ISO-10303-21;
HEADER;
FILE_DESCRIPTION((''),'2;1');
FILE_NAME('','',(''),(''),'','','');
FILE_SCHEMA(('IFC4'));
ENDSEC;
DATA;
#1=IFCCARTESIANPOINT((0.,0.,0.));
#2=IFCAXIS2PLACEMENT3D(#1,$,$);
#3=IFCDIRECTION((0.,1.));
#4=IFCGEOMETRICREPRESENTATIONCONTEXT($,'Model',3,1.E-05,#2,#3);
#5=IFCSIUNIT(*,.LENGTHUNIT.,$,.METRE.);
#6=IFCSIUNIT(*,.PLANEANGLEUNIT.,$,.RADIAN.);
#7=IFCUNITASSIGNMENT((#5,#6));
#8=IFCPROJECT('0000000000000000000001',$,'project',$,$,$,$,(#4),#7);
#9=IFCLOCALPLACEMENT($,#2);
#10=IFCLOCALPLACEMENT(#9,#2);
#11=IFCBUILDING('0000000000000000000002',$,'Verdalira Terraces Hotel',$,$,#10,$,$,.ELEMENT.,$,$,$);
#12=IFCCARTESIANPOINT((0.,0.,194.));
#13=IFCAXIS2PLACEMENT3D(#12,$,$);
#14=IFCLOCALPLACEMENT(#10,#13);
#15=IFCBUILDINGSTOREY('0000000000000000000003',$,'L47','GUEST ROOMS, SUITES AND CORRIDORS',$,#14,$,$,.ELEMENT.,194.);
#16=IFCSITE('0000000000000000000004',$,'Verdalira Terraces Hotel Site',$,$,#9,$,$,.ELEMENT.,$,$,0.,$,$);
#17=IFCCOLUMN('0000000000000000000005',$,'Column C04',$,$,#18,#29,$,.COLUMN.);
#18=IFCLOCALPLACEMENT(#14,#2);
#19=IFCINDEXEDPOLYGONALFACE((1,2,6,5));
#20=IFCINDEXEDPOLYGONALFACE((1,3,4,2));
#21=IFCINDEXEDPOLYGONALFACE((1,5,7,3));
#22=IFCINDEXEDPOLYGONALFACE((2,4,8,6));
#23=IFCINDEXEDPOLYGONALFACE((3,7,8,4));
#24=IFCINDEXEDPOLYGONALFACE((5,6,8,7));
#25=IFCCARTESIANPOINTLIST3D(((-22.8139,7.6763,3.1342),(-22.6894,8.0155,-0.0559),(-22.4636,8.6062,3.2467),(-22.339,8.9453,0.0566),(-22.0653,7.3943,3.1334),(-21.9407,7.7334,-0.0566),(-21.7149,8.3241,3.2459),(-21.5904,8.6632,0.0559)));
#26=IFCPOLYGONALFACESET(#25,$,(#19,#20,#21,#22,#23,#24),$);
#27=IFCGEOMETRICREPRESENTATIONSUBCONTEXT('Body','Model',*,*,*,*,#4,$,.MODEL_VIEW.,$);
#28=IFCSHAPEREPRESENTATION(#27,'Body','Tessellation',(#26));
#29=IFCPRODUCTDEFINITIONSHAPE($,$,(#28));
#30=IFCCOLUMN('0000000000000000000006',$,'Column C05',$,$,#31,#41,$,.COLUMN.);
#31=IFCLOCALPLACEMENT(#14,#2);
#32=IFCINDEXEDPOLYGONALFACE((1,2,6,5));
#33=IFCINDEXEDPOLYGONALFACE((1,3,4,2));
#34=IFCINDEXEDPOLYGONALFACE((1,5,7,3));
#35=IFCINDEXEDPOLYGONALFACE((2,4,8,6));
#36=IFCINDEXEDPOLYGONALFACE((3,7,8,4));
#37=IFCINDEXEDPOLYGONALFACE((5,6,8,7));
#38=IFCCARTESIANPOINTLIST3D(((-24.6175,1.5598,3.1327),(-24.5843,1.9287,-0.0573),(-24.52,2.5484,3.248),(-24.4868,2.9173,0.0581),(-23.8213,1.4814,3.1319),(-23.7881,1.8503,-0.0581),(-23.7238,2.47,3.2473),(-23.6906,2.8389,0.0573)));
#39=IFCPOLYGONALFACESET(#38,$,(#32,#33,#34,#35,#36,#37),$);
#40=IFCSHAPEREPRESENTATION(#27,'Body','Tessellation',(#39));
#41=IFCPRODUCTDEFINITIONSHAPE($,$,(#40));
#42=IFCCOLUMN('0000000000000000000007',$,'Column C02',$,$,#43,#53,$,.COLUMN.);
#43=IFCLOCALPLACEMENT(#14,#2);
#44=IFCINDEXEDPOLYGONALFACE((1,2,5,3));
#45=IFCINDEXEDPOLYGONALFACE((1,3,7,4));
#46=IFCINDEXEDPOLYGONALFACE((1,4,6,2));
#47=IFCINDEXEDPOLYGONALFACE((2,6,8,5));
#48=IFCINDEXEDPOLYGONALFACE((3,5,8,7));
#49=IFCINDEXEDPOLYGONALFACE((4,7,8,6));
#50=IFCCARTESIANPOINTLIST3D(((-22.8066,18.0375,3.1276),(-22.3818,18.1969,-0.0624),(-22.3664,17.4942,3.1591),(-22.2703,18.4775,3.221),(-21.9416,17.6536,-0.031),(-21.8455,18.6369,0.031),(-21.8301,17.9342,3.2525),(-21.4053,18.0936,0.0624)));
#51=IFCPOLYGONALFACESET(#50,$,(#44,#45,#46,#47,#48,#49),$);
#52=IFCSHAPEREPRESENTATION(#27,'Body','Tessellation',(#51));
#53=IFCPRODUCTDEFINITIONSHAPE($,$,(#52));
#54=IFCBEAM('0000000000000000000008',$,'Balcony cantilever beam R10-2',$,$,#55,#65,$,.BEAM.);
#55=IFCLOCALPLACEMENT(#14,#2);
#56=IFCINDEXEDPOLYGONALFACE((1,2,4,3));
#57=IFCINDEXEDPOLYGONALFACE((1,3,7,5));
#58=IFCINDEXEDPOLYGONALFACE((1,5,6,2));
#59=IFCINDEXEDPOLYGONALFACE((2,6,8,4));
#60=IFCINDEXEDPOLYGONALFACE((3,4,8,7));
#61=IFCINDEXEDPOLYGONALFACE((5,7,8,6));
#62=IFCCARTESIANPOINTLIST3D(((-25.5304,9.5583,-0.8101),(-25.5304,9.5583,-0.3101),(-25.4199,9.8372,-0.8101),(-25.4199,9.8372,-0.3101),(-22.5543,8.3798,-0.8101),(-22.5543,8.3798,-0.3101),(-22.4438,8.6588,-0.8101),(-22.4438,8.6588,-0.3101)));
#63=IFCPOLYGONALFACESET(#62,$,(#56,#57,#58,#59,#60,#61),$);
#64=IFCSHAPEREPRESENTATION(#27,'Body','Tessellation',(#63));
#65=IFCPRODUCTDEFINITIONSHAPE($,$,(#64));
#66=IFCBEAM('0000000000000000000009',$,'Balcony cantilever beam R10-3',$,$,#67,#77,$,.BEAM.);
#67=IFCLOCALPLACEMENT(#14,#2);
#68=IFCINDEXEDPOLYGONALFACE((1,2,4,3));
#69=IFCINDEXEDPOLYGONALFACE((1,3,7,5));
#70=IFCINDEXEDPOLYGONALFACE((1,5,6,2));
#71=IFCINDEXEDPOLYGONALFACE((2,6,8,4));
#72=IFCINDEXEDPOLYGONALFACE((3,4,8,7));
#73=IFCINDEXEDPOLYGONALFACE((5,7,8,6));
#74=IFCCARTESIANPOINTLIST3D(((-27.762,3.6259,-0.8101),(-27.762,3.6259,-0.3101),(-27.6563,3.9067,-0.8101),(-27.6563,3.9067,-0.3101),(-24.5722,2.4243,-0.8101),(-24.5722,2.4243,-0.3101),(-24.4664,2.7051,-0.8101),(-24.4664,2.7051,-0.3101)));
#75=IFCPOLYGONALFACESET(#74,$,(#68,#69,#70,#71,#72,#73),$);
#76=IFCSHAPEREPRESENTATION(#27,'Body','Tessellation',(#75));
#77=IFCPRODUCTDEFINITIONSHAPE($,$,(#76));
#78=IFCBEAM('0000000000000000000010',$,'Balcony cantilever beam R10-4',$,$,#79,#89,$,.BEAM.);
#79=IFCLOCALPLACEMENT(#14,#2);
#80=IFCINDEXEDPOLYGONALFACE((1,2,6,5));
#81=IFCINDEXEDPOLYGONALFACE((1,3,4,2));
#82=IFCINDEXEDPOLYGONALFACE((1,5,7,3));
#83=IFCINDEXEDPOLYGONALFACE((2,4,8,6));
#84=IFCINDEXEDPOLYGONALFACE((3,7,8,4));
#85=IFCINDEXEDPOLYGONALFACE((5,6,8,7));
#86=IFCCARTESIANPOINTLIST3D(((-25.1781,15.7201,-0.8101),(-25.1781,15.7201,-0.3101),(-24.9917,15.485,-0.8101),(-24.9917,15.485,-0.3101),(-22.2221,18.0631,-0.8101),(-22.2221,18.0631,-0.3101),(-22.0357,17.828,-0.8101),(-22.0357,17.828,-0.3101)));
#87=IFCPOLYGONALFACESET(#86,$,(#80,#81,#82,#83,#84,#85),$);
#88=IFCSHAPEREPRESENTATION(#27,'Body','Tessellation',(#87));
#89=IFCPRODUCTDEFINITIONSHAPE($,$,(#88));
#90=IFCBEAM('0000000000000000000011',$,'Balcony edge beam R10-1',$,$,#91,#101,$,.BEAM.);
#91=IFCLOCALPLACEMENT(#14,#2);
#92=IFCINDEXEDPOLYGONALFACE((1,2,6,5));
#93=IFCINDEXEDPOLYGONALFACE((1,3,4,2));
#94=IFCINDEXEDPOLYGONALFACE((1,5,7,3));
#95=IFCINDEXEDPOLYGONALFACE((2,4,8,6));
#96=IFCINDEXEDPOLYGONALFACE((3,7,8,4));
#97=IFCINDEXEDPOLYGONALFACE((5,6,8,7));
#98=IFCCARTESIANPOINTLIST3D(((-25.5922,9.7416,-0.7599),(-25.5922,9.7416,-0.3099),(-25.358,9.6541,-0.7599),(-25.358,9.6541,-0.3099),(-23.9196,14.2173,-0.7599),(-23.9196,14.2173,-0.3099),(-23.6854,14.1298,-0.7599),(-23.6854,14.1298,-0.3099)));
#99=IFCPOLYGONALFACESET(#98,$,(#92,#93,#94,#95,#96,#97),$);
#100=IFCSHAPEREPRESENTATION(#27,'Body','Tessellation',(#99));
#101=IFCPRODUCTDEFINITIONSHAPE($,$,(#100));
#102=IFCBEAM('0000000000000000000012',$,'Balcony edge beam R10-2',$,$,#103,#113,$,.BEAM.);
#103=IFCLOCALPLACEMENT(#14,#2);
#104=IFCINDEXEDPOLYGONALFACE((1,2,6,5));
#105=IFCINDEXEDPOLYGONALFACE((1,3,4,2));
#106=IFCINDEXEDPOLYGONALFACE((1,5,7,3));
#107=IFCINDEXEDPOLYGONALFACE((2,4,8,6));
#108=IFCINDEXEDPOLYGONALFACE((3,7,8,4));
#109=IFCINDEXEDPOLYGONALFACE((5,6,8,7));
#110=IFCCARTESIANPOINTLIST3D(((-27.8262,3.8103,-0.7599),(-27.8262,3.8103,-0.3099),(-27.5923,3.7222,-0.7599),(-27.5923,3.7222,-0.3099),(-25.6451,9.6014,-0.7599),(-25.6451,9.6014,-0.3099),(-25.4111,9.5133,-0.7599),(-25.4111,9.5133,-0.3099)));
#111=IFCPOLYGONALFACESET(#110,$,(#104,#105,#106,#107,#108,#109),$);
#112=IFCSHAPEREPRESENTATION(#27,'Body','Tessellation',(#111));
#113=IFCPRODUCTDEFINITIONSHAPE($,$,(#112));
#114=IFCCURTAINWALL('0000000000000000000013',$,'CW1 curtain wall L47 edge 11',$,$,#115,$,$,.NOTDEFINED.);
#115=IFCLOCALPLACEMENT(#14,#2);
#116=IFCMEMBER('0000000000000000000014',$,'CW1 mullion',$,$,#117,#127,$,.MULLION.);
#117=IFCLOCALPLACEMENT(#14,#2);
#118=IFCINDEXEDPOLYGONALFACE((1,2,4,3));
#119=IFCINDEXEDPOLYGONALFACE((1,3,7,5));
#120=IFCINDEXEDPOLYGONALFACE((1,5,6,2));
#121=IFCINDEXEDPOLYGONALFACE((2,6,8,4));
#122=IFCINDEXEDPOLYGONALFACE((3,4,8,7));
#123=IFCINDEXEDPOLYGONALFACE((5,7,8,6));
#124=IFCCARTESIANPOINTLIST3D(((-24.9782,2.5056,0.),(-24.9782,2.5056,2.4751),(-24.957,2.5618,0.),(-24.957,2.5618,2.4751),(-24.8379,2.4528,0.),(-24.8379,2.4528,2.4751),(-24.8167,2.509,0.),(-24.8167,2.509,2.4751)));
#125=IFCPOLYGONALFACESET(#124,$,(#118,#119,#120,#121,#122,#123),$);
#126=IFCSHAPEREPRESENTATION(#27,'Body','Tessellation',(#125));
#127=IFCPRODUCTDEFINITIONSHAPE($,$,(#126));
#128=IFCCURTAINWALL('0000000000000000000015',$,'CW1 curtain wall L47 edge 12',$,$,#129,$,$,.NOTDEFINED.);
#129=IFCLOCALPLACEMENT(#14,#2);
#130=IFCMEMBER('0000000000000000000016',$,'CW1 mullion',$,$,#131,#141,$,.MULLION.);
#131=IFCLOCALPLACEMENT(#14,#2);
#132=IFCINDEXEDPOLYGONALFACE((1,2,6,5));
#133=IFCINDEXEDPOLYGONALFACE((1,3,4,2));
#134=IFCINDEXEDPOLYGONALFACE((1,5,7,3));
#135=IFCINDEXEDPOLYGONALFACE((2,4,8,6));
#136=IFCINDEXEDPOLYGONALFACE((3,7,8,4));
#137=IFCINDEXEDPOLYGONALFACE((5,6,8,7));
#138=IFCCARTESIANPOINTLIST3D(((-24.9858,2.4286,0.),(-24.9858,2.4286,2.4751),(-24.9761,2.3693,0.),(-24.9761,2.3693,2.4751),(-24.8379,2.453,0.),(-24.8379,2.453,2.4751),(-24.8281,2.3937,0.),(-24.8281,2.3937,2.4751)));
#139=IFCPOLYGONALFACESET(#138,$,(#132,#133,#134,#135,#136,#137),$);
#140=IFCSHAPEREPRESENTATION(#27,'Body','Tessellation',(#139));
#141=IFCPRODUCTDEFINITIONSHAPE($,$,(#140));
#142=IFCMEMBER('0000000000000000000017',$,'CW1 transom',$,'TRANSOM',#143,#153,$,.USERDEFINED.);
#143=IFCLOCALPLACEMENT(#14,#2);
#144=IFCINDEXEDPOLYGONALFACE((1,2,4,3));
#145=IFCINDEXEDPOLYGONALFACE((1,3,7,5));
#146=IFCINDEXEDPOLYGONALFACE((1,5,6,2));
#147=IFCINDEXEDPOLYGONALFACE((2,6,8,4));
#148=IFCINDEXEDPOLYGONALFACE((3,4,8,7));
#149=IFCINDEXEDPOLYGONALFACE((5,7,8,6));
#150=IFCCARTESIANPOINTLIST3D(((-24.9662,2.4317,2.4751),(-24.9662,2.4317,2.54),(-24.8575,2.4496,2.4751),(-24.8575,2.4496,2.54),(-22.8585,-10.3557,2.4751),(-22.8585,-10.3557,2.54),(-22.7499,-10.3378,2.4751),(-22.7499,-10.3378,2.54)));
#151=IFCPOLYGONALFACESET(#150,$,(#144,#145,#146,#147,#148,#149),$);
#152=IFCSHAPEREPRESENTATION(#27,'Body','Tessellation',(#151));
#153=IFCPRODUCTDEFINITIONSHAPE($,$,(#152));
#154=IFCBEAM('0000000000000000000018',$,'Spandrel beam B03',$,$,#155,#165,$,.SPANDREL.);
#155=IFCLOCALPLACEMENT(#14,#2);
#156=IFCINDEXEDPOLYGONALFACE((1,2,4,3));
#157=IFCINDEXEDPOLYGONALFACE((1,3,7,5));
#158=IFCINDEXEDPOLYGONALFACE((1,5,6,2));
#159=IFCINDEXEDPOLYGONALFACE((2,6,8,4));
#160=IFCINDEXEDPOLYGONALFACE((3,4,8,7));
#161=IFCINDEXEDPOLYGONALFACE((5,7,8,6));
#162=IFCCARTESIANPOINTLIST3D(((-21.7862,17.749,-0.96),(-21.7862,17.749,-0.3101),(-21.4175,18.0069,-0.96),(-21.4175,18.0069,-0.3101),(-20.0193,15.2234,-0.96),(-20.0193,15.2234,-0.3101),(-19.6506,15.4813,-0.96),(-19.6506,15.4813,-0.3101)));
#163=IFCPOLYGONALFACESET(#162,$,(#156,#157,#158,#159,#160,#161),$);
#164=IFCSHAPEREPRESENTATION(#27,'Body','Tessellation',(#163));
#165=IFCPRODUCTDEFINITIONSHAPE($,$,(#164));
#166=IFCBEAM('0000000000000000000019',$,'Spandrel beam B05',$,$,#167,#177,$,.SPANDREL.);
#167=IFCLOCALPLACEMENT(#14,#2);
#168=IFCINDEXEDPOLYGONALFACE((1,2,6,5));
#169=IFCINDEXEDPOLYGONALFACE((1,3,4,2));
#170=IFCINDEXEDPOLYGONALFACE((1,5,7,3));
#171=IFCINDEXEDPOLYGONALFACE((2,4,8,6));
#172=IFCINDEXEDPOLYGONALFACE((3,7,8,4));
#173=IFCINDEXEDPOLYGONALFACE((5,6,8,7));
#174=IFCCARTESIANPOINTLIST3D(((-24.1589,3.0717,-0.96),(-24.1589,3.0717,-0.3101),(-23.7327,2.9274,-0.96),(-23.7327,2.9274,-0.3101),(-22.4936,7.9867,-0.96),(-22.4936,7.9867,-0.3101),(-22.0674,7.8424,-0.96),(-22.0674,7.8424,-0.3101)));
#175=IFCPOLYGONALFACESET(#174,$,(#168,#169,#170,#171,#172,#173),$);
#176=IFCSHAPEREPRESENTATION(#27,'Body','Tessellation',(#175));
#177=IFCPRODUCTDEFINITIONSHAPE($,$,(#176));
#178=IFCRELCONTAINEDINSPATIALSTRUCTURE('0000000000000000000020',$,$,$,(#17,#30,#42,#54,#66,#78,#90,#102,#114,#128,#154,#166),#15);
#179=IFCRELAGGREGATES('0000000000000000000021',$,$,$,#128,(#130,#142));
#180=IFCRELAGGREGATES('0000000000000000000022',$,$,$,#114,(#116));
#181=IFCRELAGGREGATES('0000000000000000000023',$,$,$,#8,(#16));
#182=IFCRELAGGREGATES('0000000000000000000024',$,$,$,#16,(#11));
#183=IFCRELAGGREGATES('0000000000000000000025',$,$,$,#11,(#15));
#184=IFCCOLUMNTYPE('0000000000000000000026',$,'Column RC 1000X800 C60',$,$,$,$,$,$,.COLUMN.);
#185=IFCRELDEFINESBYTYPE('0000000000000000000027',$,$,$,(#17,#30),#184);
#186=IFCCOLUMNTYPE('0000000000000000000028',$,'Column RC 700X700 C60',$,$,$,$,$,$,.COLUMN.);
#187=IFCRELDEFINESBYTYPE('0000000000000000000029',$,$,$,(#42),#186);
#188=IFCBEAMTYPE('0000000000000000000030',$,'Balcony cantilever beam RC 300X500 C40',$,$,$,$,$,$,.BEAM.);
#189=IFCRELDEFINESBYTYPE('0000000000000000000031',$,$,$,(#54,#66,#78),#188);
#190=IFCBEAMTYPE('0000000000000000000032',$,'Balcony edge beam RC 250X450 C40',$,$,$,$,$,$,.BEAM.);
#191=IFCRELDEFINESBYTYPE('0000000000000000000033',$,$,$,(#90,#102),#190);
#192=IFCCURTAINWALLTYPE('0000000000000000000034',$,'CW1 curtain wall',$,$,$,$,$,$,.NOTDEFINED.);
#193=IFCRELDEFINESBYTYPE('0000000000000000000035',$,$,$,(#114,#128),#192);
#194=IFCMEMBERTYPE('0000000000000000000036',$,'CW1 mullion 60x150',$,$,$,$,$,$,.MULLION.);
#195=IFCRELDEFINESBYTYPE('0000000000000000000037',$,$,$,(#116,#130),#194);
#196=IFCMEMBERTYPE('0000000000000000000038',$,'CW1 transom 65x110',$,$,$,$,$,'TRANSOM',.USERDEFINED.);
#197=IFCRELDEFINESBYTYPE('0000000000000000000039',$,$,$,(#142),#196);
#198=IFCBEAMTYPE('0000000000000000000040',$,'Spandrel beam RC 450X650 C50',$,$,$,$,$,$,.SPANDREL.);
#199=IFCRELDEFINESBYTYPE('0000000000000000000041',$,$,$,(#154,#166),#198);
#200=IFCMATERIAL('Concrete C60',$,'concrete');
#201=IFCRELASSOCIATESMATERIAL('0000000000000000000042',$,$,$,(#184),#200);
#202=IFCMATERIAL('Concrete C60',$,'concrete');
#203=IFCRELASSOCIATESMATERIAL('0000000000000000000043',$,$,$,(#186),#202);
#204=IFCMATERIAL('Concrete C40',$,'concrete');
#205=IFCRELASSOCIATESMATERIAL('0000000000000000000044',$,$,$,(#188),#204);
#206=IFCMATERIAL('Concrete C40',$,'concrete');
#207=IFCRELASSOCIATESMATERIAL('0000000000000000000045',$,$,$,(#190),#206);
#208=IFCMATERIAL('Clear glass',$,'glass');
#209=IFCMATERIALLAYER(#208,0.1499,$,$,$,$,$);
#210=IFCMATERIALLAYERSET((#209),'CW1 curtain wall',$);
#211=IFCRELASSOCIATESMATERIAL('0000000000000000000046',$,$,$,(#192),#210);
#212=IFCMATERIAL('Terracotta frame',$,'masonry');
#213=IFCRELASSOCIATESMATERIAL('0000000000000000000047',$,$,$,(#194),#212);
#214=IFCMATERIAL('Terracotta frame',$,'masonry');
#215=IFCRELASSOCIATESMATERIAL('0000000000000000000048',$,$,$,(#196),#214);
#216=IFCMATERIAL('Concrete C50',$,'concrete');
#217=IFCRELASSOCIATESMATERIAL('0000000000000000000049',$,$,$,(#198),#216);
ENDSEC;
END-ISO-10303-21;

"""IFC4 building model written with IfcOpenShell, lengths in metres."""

from ifc_helpers import new_model, si_unit, direction, frame, origin, origin_2d, place, context, subcontext, project, spatial, rectangle, extrude, material, layer, layer_set, material_profile, profile_set, type_object, element, aggregate, save


model = new_model("IFC4")

# Units and contexts
model_context = context("Model", 3, precision=1e-05, world=origin(), true_north=direction((0.0, 1.0)))
body_context = subcontext(model_context, "Body", "Model", "MODEL_VIEW")
ifc_project = project(units=[si_unit("LENGTHUNIT", "METRE"), si_unit("PLANEANGLEUNIT", "RADIAN")], contexts=[model_context])

# Site, building, storey
site_placement = place(None, origin())
site = spatial("IfcSite", under=ifc_project, at=site_placement, Name="Verdalira Terraces Hotel Site", CompositionType="ELEMENT", RefElevation=0.0)
building_placement = place(site_placement, origin())
building = spatial("IfcBuilding", under=site, at=building_placement, Name="Verdalira Terraces Hotel", CompositionType="ELEMENT")
storey_placement = place(building_placement, frame((0.0, 0.0, 194.0)))
storey = spatial("IfcBuildingStorey", under=building, at=storey_placement, Name="L47", Description="GUEST ROOMS, SUITES AND CORRIDORS", CompositionType="ELEMENT", Elevation=194.0)

# Columns
ifc_material_1 = material(Name="Concrete C60", Category="concrete")
ifc_material_profile_1 = material_profile(ifc_material_1, rectangle(XDim=1.0, YDim=0.8, at=origin_2d()), Name="RC 1000X800")
ifc_profile_set_1 = profile_set([ifc_material_profile_1], Name="Concrete C60")
column_type_1 = type_object("IfcColumnType", Name="Column RC 1000X800 C60", PredefinedType="COLUMN", material=ifc_profile_set_1)
column_1_placement = place(storey_placement, frame((-22.1399, 8.3394, 0.0), z_axis=(-0.038785, -0.105631, 0.993649), x_axis=(-0.350385, -0.929822, -0.112523)))
element("IfcColumn", 1, at=column_1_placement, inside=storey, type_object=column_type_1, Name="Column C04", PredefinedType="COLUMN", context=body_context, shape_type="SweptSolid", body=[
    extrude(rectangle(XDim=1.0, YDim=0.8, at=origin_2d()), origin(), (0.0, 0.0, 1.0), 3.2104),
])
column_2_placement = place(storey_placement, frame((-24.1375, 2.3838, 0.0), z_axis=(-0.010339, -0.114872, 0.993327), x_axis=(0.097442, 0.988536, 0.115332)))
element("IfcColumn", 2, at=column_2_placement, inside=storey, type_object=column_type_1, Name="Column C05", PredefinedType="COLUMN", context=body_context, shape_type="SweptSolid", body=[
    extrude(rectangle(XDim=1.0, YDim=0.8, at=origin_2d()), origin(), (0.0, 0.0, 1.0), 3.2114),
])
ifc_material_2 = material(Name="Concrete C60", Category="concrete")
ifc_material_profile_2 = material_profile(ifc_material_2, rectangle(XDim=0.7, YDim=0.7, at=origin_2d()), Name="RC 700X700")
ifc_profile_set_2 = profile_set([ifc_material_profile_2], Name="Concrete C60")
column_type_2 = type_object("IfcColumnType", Name="Column RC 700X700 C60", PredefinedType="COLUMN", material=ifc_profile_set_2)
column_3_placement = place(storey_placement, frame((-21.8936, 18.1453, 0.0), z_axis=(-0.131843, -0.049479, 0.990035), x_axis=(0.628924, -0.776165, 0.044963)))
element("IfcColumn", 3, at=column_3_placement, inside=storey, type_object=column_type_2, Name="Column C02", PredefinedType="COLUMN", context=body_context, shape_type="SweptSolid", body=[
    extrude(rectangle(XDim=0.7, YDim=0.7, at=origin_2d()), origin(), (0.0, 0.0, 1.0), 3.2222),
])

# Beams
ifc_material_3 = material(Name="Concrete C40", Category="concrete")
ifc_material_profile_3 = material_profile(ifc_material_3, rectangle(XDim=0.3, YDim=0.5, at=origin_2d()), Name="RC 300X500")
ifc_profile_set_3 = profile_set([ifc_material_profile_3], Name="Concrete C40")
beam_type_1 = type_object("IfcBeamType", Name="Balcony cantilever beam RC 300X500 C40", PredefinedType="BEAM", material=ifc_profile_set_3)
beam_1_placement = place(storey_placement, frame((-22.499, 8.5193, -0.5601), z_axis=(-0.92976, 0.368167, 0.0), x_axis=(-0.368167, -0.92976, 0.0)))
element("IfcBeam", 4, at=beam_1_placement, inside=storey, type_object=beam_type_1, Name="Balcony cantilever beam R10-2", PredefinedType="BEAM", context=body_context, shape_type="SweptSolid", body=[
    extrude(rectangle(XDim=0.3, YDim=0.5, at=origin_2d()), origin(), (0.0, 0.0, 1.0), 3.2009),
])
beam_2_placement = place(storey_placement, frame((-24.5193, 2.5647, -0.5601), z_axis=(-0.935804, 0.35252, 0.0), x_axis=(-0.35252, -0.935804, 0.0)))
element("IfcBeam", 5, at=beam_2_placement, inside=storey, type_object=beam_type_1, Name="Balcony cantilever beam R10-3", PredefinedType="BEAM", context=body_context, shape_type="SweptSolid", body=[
    extrude(rectangle(XDim=0.3, YDim=0.5, at=origin_2d()), origin(), (0.0, 0.0, 1.0), 3.4087),
])
beam_3_placement = place(storey_placement, frame((-22.1289, 17.9456, -0.5601), z_axis=(-0.783683, -0.62116, 0.0), x_axis=(0.62116, -0.783683, 0.0)))
element("IfcBeam", 6, at=beam_3_placement, inside=storey, type_object=beam_type_1, Name="Balcony cantilever beam R10-4", PredefinedType="BEAM", context=body_context, shape_type="SweptSolid", body=[
    extrude(rectangle(XDim=0.3, YDim=0.5, at=origin_2d()), origin(), (0.0, 0.0, 1.0), 3.772),
])
ifc_material_4 = material(Name="Concrete C40", Category="concrete")
ifc_material_profile_4 = material_profile(ifc_material_4, rectangle(XDim=0.25, YDim=0.45, at=origin_2d()), Name="RC 250X450")
ifc_profile_set_4 = profile_set([ifc_material_profile_4], Name="Concrete C40")
beam_type_2 = type_object("IfcBeamType", Name="Balcony edge beam RC 250X450 C40", PredefinedType="BEAM", material=ifc_profile_set_4)
beam_4_placement = place(storey_placement, frame((-23.8025, 14.1736, -0.5349), z_axis=(-0.350054, -0.93673, 0.0), x_axis=(0.93673, -0.350054, 0.0)))
element("IfcBeam", 7, at=beam_4_placement, inside=storey, type_object=beam_type_2, Name="Balcony edge beam R10-1", PredefinedType="BEAM", context=body_context, shape_type="SweptSolid", body=[
    extrude(rectangle(XDim=0.25, YDim=0.45, at=origin_2d()), origin(), (0.0, 0.0, 1.0), 4.7781),
])
beam_5_placement = place(storey_placement, frame((-25.5281, 9.5574, -0.5349), z_axis=(-0.352472, -0.935822, 0.0), x_axis=(0.935822, -0.352472, 0.0)))
element("IfcBeam", 8, at=beam_5_placement, inside=storey, type_object=beam_type_2, Name="Balcony edge beam R10-2", PredefinedType="BEAM", context=body_context, shape_type="SweptSolid", body=[
    extrude(rectangle(XDim=0.25, YDim=0.45, at=origin_2d()), origin(), (0.0, 0.0, 1.0), 6.1882),
])

# Curtain wall, member
ifc_material_5 = material(Name="Clear glass", Category="glass")
ifc_layer_1 = layer(ifc_material_5, 0.1499)
ifc_layer_set_1 = layer_set([ifc_layer_1], Name="CW1 curtain wall")
curtain_wall_type = type_object("IfcCurtainWallType", Name="CW1 curtain wall", PredefinedType="NOTDEFINED", material=ifc_layer_set_1)
curtain_wall_1_placement = place(storey_placement, origin())
curtain_wall_1 = element("IfcCurtainWall", 9, at=curtain_wall_1_placement, inside=storey, type_object=curtain_wall_type, Name="CW1 curtain wall L47 edge 11", PredefinedType="NOTDEFINED")
ifc_material_6 = material(Name="Terracotta frame", Category="masonry")
ifc_material_profile_5 = material_profile(ifc_material_6, rectangle(XDim=0.0601, YDim=0.1499, at=origin_2d()), Name="MU 60x150")
ifc_profile_set_5 = profile_set([ifc_material_profile_5], Name="Terracotta frame")
member_type_1 = type_object("IfcMemberType", Name="CW1 mullion 60x150", PredefinedType="MULLION", material=ifc_profile_set_5)
member_1_placement = place(storey_placement, frame((-24.8975, 2.5073, 0.0), z_axis=(0.0, 0.0, 1.0), x_axis=(-0.352495, -0.935814, 0.0)))
member_1 = element("IfcMember", 10, at=member_1_placement, type_object=member_type_1, Name="CW1 mullion", PredefinedType="MULLION", context=body_context, shape_type="SweptSolid", body=[
    extrude(rectangle(XDim=0.0601, YDim=0.1499, at=origin_2d()), origin(), (0.0, 0.0, 1.0), 2.4751),
])

# Curtain wall, members
curtain_wall_2_placement = place(storey_placement, origin())
curtain_wall_2 = element("IfcCurtainWall", 11, at=curtain_wall_2_placement, inside=storey, type_object=curtain_wall_type, Name="CW1 curtain wall L47 edge 12", PredefinedType="NOTDEFINED")
member_2_placement = place(storey_placement, frame((-24.907, 2.4111, 0.0), z_axis=(0.0, 0.0, 1.0), x_axis=(0.162637, -0.986686, 0.0)))
member_2 = element("IfcMember", 12, at=member_2_placement, type_object=member_type_1, Name="CW1 mullion", PredefinedType="MULLION", context=body_context, shape_type="SweptSolid", body=[
    extrude(rectangle(XDim=0.0601, YDim=0.1499, at=origin_2d()), origin(), (0.0, 0.0, 1.0), 2.4751),
])
ifc_material_7 = material(Name="Terracotta frame", Category="masonry")
ifc_material_profile_6 = material_profile(ifc_material_7, rectangle(XDim=0.1101, YDim=0.0649, at=origin_2d()), Name="TR 65x110")
ifc_profile_set_6 = profile_set([ifc_material_profile_6], Name="Terracotta frame")
member_type_2 = type_object("IfcMemberType", Name="CW1 transom 65x110", ElementType="TRANSOM", PredefinedType="USERDEFINED", material=ifc_profile_set_6)
member_3_placement = place(storey_placement, frame((-24.9119, 2.4407, 2.5076), z_axis=(0.16263, -0.986687, 0.0), x_axis=(0.986687, 0.16263, 0.0)))
member_3 = element("IfcMember", 13, at=member_3_placement, type_object=member_type_2, Name="CW1 transom", ObjectType="TRANSOM", PredefinedType="USERDEFINED", context=body_context, shape_type="SweptSolid", body=[
    extrude(rectangle(XDim=0.1101, YDim=0.0649, at=origin_2d()), origin(), (0.0, 0.0, 1.0), 12.96),
])
aggregate(curtain_wall_2, [member_2, member_3])

# Beams
ifc_material_8 = material(Name="Concrete C50", Category="concrete")
ifc_material_profile_7 = material_profile(ifc_material_8, rectangle(XDim=0.45, YDim=0.6499, at=origin_2d()), Name="RC 450X650")
ifc_profile_set_7 = profile_set([ifc_material_profile_7], Name="Concrete C50")
beam_type_3 = type_object("IfcBeamType", Name="Spandrel beam RC 450X650 C50", PredefinedType="SPANDREL", material=ifc_profile_set_7)
beam_6_placement = place(storey_placement, frame((-21.6018, 17.8779, -0.635), z_axis=(0.573223, -0.819399, 0.0), x_axis=(0.819399, 0.573223, 0.0)))
element("IfcBeam", 14, at=beam_6_placement, inside=storey, type_object=beam_type_3, Name="Spandrel beam B03", PredefinedType="SPANDREL", context=body_context, shape_type="SweptSolid", body=[
    extrude(rectangle(XDim=0.45, YDim=0.6499, at=origin_2d()), origin(), (0.0, 0.0, 1.0), 3.0823),
])
beam_7_placement = place(storey_placement, frame((-22.2805, 7.9146, -0.635), z_axis=(-0.320896, -0.947115, 0.0), x_axis=(0.947115, -0.320896, 0.0)))
element("IfcBeam", 15, at=beam_7_placement, inside=storey, type_object=beam_type_3, Name="Spandrel beam B05", PredefinedType="SPANDREL", context=body_context, shape_type="SweptSolid", body=[
    extrude(rectangle(XDim=0.45, YDim=0.6499, at=origin_2d()), origin(), (0.0, 0.0, 1.0), 5.1895),
])

aggregate(curtain_wall_1, [member_1])

save(model, "model.ifc")
